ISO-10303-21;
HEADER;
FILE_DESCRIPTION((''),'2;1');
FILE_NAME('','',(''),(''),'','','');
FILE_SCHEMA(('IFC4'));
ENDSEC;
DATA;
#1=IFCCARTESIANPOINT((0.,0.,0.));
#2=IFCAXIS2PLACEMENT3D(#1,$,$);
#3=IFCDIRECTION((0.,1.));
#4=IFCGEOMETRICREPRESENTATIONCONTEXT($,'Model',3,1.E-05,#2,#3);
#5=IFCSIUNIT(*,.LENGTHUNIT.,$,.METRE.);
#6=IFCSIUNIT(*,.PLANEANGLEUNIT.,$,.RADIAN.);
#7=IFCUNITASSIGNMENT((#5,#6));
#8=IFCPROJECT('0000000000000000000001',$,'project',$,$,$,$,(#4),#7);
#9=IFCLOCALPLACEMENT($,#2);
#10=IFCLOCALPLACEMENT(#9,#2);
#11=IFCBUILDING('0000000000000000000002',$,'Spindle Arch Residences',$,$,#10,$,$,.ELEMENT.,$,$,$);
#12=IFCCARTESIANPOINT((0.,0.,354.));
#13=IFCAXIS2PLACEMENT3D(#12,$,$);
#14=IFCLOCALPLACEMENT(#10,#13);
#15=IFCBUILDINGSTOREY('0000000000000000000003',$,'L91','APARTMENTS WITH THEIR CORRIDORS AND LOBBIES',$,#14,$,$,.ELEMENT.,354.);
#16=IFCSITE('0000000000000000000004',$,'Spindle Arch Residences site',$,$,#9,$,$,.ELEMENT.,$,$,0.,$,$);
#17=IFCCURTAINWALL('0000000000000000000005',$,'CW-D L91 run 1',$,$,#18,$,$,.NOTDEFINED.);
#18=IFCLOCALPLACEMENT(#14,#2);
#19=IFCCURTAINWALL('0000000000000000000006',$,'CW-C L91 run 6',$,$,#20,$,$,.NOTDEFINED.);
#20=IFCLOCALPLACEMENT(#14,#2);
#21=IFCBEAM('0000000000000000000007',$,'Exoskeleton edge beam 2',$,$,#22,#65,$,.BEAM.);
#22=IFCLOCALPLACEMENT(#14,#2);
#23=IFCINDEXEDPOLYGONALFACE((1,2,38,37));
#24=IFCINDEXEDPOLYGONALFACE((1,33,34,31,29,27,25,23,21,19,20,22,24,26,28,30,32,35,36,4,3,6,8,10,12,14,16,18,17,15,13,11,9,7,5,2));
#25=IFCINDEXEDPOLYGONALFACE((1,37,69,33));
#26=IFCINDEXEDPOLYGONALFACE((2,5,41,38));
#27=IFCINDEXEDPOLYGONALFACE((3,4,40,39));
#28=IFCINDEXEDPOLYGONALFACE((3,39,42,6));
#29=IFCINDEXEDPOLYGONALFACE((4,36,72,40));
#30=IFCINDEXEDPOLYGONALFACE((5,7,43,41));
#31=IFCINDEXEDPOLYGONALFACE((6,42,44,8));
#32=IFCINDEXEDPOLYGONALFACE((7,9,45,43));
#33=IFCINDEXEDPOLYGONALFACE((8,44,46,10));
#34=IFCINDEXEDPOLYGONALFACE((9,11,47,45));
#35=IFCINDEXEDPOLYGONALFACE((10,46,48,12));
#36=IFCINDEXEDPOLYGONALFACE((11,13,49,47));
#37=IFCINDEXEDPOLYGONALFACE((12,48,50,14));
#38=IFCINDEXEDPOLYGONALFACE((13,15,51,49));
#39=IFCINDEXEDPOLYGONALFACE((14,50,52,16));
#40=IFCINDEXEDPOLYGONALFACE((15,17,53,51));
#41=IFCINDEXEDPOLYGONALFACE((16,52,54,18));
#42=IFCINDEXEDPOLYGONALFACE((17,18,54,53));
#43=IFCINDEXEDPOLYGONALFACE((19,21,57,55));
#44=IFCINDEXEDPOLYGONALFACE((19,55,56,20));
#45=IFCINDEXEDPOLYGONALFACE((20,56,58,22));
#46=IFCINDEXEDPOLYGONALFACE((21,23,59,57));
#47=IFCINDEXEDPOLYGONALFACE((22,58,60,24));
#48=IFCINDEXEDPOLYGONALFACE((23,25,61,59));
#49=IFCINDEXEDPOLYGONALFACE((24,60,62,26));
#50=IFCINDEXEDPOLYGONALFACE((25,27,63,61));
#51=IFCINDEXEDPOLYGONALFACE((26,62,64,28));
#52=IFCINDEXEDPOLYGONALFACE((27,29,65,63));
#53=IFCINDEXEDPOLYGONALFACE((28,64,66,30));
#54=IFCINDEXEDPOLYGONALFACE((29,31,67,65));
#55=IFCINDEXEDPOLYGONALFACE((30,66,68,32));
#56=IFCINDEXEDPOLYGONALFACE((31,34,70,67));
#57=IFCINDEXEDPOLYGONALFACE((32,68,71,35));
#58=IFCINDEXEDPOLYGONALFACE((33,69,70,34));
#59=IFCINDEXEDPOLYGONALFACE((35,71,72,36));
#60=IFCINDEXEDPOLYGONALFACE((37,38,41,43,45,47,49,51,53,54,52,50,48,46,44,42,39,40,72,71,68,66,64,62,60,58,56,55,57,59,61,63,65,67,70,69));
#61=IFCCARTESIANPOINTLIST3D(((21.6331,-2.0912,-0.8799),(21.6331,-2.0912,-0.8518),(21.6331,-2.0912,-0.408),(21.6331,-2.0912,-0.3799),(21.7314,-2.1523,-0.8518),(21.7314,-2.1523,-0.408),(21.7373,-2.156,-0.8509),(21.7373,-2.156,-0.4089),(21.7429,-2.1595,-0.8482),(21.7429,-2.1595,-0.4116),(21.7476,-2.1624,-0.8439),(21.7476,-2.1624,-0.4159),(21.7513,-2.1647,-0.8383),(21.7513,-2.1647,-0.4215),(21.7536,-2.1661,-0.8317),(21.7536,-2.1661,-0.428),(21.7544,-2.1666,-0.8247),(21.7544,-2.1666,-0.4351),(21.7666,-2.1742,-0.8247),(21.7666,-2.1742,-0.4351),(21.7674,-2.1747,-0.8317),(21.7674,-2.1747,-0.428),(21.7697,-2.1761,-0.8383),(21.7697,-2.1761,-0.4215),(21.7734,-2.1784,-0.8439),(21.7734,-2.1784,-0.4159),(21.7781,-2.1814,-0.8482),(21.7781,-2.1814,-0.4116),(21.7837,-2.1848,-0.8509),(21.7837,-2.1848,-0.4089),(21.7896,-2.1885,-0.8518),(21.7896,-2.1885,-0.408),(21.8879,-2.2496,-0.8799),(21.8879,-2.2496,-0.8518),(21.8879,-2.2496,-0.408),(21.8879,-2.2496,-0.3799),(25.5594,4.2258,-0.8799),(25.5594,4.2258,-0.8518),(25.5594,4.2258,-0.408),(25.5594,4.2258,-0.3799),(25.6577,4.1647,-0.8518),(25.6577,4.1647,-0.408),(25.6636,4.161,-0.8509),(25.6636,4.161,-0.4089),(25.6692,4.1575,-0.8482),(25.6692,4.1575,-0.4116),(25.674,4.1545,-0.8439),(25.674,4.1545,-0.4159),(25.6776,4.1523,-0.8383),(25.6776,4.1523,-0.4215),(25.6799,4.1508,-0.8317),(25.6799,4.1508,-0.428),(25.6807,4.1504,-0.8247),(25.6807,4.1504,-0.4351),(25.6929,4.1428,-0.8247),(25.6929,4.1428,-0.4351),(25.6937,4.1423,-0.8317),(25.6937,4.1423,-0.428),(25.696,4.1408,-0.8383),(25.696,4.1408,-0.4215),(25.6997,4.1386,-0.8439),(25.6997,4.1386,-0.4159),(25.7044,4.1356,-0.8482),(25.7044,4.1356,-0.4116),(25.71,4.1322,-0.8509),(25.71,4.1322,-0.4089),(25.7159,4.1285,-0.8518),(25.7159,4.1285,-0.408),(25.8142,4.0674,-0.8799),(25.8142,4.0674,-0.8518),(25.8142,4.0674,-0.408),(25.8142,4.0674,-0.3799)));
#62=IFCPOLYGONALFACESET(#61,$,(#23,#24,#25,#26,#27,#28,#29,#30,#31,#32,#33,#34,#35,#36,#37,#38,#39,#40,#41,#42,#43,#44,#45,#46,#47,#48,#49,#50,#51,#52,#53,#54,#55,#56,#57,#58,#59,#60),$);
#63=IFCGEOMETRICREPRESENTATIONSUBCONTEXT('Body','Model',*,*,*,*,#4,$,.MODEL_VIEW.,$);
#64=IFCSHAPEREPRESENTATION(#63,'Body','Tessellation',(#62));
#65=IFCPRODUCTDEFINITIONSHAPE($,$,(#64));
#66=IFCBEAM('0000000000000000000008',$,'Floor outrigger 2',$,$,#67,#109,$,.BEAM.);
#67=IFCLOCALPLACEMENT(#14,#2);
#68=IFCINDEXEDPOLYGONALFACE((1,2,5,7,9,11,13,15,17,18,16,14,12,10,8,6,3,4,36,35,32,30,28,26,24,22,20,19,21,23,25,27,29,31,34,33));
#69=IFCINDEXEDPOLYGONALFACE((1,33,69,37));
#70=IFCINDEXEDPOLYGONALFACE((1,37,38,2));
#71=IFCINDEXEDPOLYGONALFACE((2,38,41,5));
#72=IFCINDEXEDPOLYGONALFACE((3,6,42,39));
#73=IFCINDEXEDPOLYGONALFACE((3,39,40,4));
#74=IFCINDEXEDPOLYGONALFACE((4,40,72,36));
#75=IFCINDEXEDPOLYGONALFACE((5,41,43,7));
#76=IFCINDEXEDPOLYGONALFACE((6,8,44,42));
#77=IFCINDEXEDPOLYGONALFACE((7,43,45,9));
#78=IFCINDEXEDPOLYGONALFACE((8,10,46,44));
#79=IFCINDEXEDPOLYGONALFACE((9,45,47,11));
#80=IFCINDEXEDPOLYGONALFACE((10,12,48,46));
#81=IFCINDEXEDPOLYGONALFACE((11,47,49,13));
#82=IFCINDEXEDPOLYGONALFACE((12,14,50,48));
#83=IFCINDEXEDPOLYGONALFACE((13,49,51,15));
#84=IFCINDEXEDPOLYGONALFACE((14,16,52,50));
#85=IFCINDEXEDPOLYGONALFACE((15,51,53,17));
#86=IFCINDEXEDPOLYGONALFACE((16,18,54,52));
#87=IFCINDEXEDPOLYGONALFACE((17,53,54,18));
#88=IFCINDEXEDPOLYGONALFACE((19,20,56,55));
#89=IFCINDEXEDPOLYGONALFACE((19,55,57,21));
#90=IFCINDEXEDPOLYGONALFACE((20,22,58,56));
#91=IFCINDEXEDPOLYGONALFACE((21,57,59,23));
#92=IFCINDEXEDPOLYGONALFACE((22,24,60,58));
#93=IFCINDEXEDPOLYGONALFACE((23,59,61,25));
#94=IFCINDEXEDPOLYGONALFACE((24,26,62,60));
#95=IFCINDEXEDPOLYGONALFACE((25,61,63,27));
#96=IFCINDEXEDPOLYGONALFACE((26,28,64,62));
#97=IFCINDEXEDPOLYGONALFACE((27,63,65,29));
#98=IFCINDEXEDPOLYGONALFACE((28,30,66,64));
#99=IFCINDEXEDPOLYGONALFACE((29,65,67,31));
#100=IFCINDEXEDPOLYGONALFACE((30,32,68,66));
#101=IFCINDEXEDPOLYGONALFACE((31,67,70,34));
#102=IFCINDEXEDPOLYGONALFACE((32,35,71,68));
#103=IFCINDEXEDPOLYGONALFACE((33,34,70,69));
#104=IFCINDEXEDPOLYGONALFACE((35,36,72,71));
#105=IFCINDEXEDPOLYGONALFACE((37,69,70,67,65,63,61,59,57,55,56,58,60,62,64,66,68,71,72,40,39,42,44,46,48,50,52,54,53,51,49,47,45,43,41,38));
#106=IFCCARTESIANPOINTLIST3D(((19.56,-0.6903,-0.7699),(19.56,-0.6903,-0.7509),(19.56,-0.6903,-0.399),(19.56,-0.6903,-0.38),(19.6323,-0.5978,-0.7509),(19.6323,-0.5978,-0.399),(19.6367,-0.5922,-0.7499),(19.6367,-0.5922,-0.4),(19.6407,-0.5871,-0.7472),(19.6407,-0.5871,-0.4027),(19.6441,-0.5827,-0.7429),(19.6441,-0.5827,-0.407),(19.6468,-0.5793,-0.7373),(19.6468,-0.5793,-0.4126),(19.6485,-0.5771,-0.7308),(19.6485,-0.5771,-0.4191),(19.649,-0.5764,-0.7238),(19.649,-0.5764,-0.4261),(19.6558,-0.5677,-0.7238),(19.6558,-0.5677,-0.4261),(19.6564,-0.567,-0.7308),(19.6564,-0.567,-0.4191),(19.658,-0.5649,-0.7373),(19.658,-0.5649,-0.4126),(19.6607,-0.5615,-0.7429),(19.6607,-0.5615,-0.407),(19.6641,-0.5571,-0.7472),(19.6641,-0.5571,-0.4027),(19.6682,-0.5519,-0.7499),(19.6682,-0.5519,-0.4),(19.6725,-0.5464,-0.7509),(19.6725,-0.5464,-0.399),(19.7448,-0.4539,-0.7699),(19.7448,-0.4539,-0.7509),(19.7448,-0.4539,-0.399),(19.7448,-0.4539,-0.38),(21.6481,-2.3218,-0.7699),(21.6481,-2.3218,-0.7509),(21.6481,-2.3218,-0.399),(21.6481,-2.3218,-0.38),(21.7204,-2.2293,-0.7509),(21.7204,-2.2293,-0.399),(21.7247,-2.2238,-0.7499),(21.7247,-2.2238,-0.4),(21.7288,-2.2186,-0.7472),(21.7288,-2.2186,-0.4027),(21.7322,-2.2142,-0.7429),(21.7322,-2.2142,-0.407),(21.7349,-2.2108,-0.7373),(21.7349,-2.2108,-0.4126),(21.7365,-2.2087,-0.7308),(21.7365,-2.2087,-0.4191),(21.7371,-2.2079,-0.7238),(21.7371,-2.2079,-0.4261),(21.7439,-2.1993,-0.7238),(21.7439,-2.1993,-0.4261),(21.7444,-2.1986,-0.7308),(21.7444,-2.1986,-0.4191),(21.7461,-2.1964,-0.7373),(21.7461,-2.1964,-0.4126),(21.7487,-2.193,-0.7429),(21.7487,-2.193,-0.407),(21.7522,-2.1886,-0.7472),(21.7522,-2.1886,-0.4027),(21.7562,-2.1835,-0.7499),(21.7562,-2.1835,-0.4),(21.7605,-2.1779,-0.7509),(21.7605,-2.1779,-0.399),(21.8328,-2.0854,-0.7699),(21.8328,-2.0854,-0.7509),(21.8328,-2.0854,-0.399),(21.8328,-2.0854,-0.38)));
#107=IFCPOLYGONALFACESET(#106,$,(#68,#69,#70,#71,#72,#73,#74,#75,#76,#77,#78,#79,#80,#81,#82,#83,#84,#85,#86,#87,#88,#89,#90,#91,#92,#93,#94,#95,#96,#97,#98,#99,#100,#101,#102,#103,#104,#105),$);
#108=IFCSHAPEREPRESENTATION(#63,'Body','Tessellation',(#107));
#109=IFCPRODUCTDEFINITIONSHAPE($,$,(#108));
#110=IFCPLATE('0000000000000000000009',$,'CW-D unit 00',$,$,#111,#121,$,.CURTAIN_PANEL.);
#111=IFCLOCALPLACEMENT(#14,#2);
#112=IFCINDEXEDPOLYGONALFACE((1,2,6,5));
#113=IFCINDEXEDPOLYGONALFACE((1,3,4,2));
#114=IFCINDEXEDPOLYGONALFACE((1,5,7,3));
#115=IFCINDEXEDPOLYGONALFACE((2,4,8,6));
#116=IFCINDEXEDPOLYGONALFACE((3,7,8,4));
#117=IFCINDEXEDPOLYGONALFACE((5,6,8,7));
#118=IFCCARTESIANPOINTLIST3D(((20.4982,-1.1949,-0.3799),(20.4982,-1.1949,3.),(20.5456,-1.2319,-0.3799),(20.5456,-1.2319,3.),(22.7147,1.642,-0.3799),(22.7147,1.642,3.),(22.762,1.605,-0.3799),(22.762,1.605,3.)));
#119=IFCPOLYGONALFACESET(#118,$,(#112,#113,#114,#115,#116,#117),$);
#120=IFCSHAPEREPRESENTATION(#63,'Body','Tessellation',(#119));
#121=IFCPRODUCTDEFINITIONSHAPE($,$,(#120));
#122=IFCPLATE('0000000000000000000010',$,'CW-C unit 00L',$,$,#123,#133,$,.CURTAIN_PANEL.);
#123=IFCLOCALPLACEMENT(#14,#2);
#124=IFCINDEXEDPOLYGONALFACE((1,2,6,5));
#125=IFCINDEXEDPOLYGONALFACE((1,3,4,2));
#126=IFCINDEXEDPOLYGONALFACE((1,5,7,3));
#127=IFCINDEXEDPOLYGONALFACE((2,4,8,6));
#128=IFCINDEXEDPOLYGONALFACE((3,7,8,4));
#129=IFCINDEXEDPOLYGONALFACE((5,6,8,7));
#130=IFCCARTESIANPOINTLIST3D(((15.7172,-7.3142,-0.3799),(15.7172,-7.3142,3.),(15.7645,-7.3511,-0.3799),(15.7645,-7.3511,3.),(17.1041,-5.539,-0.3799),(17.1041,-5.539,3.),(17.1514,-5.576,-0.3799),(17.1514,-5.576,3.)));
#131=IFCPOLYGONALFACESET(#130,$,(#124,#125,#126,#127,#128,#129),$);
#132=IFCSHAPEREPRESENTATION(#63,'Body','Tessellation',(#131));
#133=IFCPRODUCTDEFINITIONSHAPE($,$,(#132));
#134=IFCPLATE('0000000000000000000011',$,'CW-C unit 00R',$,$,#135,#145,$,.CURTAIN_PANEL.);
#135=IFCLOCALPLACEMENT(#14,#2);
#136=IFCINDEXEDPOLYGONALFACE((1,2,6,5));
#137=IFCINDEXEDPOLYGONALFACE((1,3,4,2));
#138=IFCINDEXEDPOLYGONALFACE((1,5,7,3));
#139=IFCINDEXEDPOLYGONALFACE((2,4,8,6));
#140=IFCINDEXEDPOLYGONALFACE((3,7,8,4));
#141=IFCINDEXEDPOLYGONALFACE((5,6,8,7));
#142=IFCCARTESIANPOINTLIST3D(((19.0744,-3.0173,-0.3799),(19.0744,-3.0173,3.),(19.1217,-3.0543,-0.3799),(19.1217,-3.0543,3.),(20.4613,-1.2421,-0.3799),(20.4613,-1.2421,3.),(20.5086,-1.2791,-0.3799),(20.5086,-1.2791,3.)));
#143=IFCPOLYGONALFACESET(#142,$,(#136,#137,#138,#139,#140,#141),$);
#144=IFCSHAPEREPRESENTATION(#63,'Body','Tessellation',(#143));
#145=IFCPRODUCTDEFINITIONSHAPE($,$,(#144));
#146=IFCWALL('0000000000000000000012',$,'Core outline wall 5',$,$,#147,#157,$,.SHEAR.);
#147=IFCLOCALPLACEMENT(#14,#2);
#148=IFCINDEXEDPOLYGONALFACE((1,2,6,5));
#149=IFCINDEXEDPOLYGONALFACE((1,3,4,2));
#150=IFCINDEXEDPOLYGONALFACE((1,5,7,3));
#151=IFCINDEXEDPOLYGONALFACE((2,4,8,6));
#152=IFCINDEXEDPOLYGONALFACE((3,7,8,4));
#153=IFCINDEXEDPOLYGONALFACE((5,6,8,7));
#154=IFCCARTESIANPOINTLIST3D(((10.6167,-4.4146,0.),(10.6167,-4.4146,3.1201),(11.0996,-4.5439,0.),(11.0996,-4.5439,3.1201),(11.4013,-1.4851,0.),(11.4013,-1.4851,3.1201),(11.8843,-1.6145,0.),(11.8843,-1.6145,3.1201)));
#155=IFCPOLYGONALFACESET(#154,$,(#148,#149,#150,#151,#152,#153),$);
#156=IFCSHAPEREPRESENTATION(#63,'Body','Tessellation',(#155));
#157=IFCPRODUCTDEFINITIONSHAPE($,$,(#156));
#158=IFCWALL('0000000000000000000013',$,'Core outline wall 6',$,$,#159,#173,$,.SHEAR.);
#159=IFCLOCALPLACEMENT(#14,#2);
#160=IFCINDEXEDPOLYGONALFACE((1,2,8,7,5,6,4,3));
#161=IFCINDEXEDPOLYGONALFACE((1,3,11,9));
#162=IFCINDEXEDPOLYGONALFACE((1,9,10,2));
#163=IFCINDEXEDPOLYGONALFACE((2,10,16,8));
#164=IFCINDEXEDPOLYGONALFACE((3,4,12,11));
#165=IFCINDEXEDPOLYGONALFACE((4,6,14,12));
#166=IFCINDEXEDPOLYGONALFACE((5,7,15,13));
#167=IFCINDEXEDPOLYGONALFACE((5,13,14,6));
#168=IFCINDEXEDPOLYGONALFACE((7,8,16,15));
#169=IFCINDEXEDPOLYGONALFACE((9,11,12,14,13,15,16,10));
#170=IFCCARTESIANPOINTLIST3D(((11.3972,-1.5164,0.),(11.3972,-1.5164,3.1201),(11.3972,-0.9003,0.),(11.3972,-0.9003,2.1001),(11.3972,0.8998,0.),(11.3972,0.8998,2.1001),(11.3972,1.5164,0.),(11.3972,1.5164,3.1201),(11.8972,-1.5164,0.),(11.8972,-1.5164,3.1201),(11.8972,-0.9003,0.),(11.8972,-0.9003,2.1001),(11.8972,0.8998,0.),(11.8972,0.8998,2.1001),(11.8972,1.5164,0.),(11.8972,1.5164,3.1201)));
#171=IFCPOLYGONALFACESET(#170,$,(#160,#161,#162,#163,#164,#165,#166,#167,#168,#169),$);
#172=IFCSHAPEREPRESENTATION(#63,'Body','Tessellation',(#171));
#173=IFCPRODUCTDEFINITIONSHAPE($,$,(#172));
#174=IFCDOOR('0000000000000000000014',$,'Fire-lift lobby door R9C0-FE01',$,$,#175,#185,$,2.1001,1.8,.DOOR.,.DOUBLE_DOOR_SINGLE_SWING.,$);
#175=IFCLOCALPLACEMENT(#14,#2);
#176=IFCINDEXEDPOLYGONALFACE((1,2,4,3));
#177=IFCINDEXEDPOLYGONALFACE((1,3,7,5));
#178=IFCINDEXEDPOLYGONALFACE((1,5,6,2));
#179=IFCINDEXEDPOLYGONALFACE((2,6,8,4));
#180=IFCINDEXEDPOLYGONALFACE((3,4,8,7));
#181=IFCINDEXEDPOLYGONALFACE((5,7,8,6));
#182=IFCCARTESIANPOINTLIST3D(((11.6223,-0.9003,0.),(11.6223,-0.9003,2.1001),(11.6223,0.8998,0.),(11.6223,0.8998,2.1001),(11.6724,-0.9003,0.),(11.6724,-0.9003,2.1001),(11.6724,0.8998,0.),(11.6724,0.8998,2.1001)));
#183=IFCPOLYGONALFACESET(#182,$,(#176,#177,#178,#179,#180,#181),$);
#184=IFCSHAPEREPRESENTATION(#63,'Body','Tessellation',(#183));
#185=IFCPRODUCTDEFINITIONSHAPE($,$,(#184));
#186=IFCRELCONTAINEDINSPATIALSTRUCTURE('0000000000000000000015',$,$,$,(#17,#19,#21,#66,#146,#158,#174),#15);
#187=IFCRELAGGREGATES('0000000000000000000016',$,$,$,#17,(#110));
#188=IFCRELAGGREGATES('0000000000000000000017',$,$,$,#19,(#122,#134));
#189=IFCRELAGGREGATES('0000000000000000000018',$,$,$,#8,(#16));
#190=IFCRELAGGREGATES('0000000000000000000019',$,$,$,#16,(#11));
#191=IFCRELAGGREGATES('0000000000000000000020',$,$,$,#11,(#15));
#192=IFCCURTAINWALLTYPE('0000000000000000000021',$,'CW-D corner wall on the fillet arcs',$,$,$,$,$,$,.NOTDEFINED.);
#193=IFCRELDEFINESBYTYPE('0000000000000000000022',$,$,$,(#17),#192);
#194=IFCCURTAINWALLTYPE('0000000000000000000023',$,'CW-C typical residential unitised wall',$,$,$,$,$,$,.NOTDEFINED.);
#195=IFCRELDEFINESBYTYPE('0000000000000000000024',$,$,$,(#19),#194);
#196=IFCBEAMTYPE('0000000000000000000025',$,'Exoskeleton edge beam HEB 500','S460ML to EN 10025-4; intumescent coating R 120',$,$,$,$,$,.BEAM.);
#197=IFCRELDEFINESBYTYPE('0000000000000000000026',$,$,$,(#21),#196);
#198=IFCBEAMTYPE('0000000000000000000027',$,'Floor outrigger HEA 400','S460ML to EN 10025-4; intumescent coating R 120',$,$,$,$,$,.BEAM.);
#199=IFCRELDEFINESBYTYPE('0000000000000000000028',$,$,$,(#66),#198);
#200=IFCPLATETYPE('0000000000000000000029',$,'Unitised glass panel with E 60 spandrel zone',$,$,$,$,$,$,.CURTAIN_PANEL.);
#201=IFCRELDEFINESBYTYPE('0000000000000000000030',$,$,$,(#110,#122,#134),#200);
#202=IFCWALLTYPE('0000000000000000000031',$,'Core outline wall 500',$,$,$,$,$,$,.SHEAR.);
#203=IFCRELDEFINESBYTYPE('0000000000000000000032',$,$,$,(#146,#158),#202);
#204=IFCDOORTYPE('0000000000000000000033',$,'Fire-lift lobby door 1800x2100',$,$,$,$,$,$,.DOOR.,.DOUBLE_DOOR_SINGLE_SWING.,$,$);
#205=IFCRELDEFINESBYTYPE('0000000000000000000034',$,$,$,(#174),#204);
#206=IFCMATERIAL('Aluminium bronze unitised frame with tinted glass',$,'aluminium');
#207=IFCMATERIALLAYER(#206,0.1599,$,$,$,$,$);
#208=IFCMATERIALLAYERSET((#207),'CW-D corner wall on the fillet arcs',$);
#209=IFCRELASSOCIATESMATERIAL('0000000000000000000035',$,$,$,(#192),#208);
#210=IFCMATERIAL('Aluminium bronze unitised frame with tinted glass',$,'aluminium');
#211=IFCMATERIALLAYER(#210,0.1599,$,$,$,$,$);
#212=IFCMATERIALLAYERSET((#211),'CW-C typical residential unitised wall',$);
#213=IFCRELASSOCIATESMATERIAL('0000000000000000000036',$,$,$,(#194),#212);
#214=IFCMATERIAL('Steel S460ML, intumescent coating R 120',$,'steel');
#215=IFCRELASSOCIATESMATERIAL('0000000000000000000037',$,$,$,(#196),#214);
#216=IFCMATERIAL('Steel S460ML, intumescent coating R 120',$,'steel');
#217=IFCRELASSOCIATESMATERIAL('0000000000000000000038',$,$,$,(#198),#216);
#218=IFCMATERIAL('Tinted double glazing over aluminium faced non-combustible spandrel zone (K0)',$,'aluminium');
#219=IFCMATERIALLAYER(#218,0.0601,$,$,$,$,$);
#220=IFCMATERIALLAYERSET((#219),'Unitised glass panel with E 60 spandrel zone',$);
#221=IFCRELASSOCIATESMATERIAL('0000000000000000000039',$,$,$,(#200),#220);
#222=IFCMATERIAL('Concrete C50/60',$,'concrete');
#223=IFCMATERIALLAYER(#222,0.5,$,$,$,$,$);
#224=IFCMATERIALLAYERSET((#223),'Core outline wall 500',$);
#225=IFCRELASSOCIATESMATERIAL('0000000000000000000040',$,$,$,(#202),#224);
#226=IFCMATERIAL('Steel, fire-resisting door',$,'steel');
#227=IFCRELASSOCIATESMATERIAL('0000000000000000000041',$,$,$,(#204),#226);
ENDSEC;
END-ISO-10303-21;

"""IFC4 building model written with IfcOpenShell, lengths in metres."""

from ifc_helpers import new_model, si_unit, direction, frame, frame_2d, origin, origin_2d, place, context, subcontext, project, spatial, rectangle, i_section, extrude, material, layer, layer_set, material_profile, profile_set, type_object, element, fill, aggregate, save


model = new_model("IFC4")

# Units and contexts
model_context = context("Model", 3, precision=1e-05, world=origin(), true_north=direction((0.0, 1.0)))
body_context = subcontext(model_context, "Body", "Model", "MODEL_VIEW")
ifc_project = project(units=[si_unit("LENGTHUNIT", "METRE"), si_unit("PLANEANGLEUNIT", "RADIAN")], contexts=[model_context])

# Site, building, storey
site_placement = place(None, origin())
site = spatial("IfcSite", under=ifc_project, at=site_placement, Name="Spindle Arch Residences site", CompositionType="ELEMENT", RefElevation=0.0)
building_placement = place(site_placement, origin())
building = spatial("IfcBuilding", under=site, at=building_placement, Name="Spindle Arch Residences", CompositionType="ELEMENT")
storey_placement = place(building_placement, frame((0.0, 0.0, 354.0)))
storey = spatial("IfcBuildingStorey", under=building, at=storey_placement, Name="L91", Description="APARTMENTS WITH THEIR CORRIDORS AND LOBBIES", CompositionType="ELEMENT", Elevation=354.0)

# Curtain wall
ifc_material_1 = material(Name="Aluminium bronze unitised frame with tinted glass", Category="aluminium")
ifc_layer_1 = layer(ifc_material_1, 0.1599)
ifc_layer_set_1 = layer_set([ifc_layer_1], Name="CW-D corner wall on the fillet arcs")
curtain_wall_type_1 = type_object("IfcCurtainWallType", Name="CW-D corner wall on the fillet arcs", PredefinedType="NOTDEFINED", material=ifc_layer_set_1)
curtain_wall_1_placement = place(storey_placement, origin())
curtain_wall_1 = element("IfcCurtainWall", 1, at=curtain_wall_1_placement, inside=storey, type_object=curtain_wall_type_1, Name="CW-D L91 run 1", PredefinedType="NOTDEFINED")

# Curtain wall
ifc_material_2 = material(Name="Aluminium bronze unitised frame with tinted glass", Category="aluminium")
ifc_layer_2 = layer(ifc_material_2, 0.1599)
ifc_layer_set_2 = layer_set([ifc_layer_2], Name="CW-C typical residential unitised wall")
curtain_wall_type_2 = type_object("IfcCurtainWallType", Name="CW-C typical residential unitised wall", PredefinedType="NOTDEFINED", material=ifc_layer_set_2)
curtain_wall_2_placement = place(storey_placement, origin())
curtain_wall_2 = element("IfcCurtainWall", 2, at=curtain_wall_2_placement, inside=storey, type_object=curtain_wall_type_2, Name="CW-C L91 run 6", PredefinedType="NOTDEFINED")

# Beams
ifc_material_3 = material(Name="Steel S460ML, intumescent coating R 120", Category="steel")
ifc_material_profile_1 = material_profile(ifc_material_3, i_section(OverallWidth=0.3, OverallDepth=0.5, WebThickness=0.0144, FlangeThickness=0.0281, FilletRadius=0.0271, at=origin_2d()), Name="HEB 500")
ifc_profile_set_1 = profile_set([ifc_material_profile_1], Name="Steel S460ML, intumescent coating R 120")
beam_type_1 = type_object("IfcBeamType", Name="Exoskeleton edge beam HEB 500", Description="S460ML to EN 10025-4; intumescent coating R 120", PredefinedType="BEAM", material=ifc_profile_set_1)
beam_1_placement = place(storey_placement, frame((21.7605, -2.1704, -0.6299), z_axis=(0.527891, 0.849312, 0.0), x_axis=(-0.849312, 0.527891, 0.0)))
element("IfcBeam", 3, at=beam_1_placement, inside=storey, type_object=beam_type_1, Name="Exoskeleton edge beam 2", PredefinedType="BEAM", context=body_context, shape_type="SweptSolid", body=[
    extrude(i_section(OverallWidth=0.3, OverallDepth=0.5, WebThickness=0.0144, FlangeThickness=0.0281, FilletRadius=0.0271, at=origin_2d()), origin(), (0.0, 0.0, 1.0), 7.4377),
])
ifc_material_4 = material(Name="Steel S460ML, intumescent coating R 120", Category="steel")
ifc_material_profile_2 = material_profile(ifc_material_4, i_section(OverallWidth=0.3, OverallDepth=0.3899, WebThickness=0.011, FlangeThickness=0.019, FilletRadius=0.0271, at=origin_2d()), Name="HEA 400")
ifc_profile_set_2 = profile_set([ifc_material_profile_2], Name="Steel S460ML, intumescent coating R 120")
beam_type_2 = type_object("IfcBeamType", Name="Floor outrigger HEA 400", Description="S460ML to EN 10025-4; intumescent coating R 120", PredefinedType="BEAM", material=ifc_profile_set_2)
beam_2_placement = place(storey_placement, frame((21.7405, -2.2036, -0.575), z_axis=(-0.787981, 0.615699, 0.0), x_axis=(-0.615699, -0.787981, 0.0)))
element("IfcBeam", 4, at=beam_2_placement, inside=storey, type_object=beam_type_2, Name="Floor outrigger 2", PredefinedType="BEAM", context=body_context, shape_type="SweptSolid", body=[
    extrude(i_section(OverallWidth=0.3, OverallDepth=0.3899, WebThickness=0.011, FlangeThickness=0.019, FilletRadius=0.0271, at=origin_2d()), origin(), (0.0, 0.0, 1.0), 2.6499),
])

# Plates
ifc_material_5 = material(Name="Tinted double glazing over aluminium faced non-combustible spandrel zone (K0)", Category="aluminium")
ifc_layer_3 = layer(ifc_material_5, 0.0601)
ifc_layer_set_3 = layer_set([ifc_layer_3], Name="Unitised glass panel with E 60 spandrel zone")
plate_type = type_object("IfcPlateType", Name="Unitised glass panel with E 60 spandrel zone", PredefinedType="CURTAIN_PANEL", material=ifc_layer_set_3)
plate_1_placement = place(storey_placement, frame((21.6301, 0.2051, -0.3799), z_axis=(0.0, 0.0, 1.0), x_axis=(0.615661, 0.788011, 0.0)))
plate_1 = element("IfcPlate", 5, at=plate_1_placement, type_object=plate_type, Name="CW-D unit 00", PredefinedType="CURTAIN_PANEL", context=body_context, shape_type="SweptSolid", body=[
    extrude(rectangle(XDim=3.6001, YDim=0.0601, at=origin_2d()), origin(), (0.0, 0.0, 1.0), 3.3799),
])
aggregate(curtain_wall_1, [plate_1])
plate_2_placement = place(storey_placement, frame((16.4343, -6.4451, -0.3799), z_axis=(0.0, 0.0, 1.0), x_axis=(0.615661, 0.788011, 0.0)))
plate_2 = element("IfcPlate", 6, at=plate_2_placement, type_object=plate_type, Name="CW-C unit 00L", PredefinedType="CURTAIN_PANEL", context=body_context, shape_type="SweptSolid", body=[
    extrude(rectangle(XDim=2.2527, YDim=0.0601, at=origin_2d()), origin(), (0.0, 0.0, 1.0), 3.3799),
])
plate_3_placement = place(storey_placement, frame((19.7915, -2.1482, -0.3799), z_axis=(0.0, 0.0, 1.0), x_axis=(0.615661, 0.788011, 0.0)))
plate_3 = element("IfcPlate", 7, at=plate_3_placement, type_object=plate_type, Name="CW-C unit 00R", PredefinedType="CURTAIN_PANEL", context=body_context, shape_type="SweptSolid", body=[
    extrude(rectangle(XDim=2.2527, YDim=0.0601, at=origin_2d()), origin(), (0.0, 0.0, 1.0), 3.3799),
])
aggregate(curtain_wall_2, [plate_2, plate_3])

# Wall
ifc_material_6 = material(Name="Concrete C50/60", Category="concrete")
ifc_layer_4 = layer(ifc_material_6, 0.5)
ifc_layer_set_4 = layer_set([ifc_layer_4], Name="Core outline wall 500")
wall_type_1 = type_object("IfcWallType", Name="Core outline wall 500", PredefinedType="SHEAR", material=ifc_layer_set_4)
wall_1_placement = place(storey_placement, frame((10.8582, -4.4792, 0.0), z_axis=(0.0, 0.0, 1.0), x_axis=(0.258735, 0.965948, 0.0)))
element("IfcWall", 8, at=wall_1_placement, inside=storey, type_object=wall_type_1, Name="Core outline wall 5", PredefinedType="SHEAR", context=body_context, shape_type="SweptSolid", body=[
    extrude(rectangle(XDim=3.0327, YDim=0.5, at=frame_2d((1.5164, 0.0))), origin(), (0.0, 0.0, 1.0), 3.1201),
])

# Wall, opening, door
wall_2_placement = place(storey_placement, frame((11.6472, -1.5164, 0.0), z_axis=(0.0, 0.0, 1.0), x_axis=(0.0, 1.0, 0.0)))
wall_2 = element("IfcWall", 9, at=wall_2_placement, inside=storey, type_object=wall_type_1, Name="Core outline wall 6", PredefinedType="SHEAR", context=body_context, shape_type="SweptSolid", body=[
    extrude(rectangle(XDim=3.0327, YDim=0.5, at=frame_2d((1.5164, 0.0))), origin(), (0.0, 0.0, 1.0), 3.1201),
])
opening_1_placement = place(wall_2_placement, frame((0.6162, 0.0, 0.0)))
opening_1 = element("IfcOpeningElement", 10, at=opening_1_placement, cuts=wall_2, PredefinedType="OPENING", context=body_context, shape_type="SweptSolid", body=[
    extrude(rectangle(XDim=1.8, YDim=2.1001, at=frame_2d((0.8999, 1.05))), frame((0.0, 0.26, 0.0), z_axis=(0.0, -1.0, 0.0), x_axis=(1.0, 0.0, 0.0)), (0.0, 0.0, 1.0), 0.52),
])
ifc_material_7 = material(Name="Steel, fire-resisting door", Category="steel")
door_type_1 = type_object("IfcDoorType", Name="Fire-lift lobby door 1800x2100", OperationType="DOUBLE_DOOR_SINGLE_SWING", PredefinedType="DOOR", material=ifc_material_7)
door_1_placement = place(opening_1_placement, origin())
door_1 = element("IfcDoor", 11, at=door_1_placement, inside=storey, type_object=door_type_1, Name="Fire-lift lobby door R9C0-FE01", OperationType="DOUBLE_DOOR_SINGLE_SWING", OverallHeight=2.1001, OverallWidth=1.8, PredefinedType="DOOR", context=body_context, shape_type="SweptSolid", body=[
    extrude(rectangle(XDim=1.8, YDim=2.1001, at=frame_2d((0.8999, 1.05))), frame((0.0, 0.0249, 0.0), z_axis=(0.0, -1.0, 0.0), x_axis=(1.0, 0.0, 0.0)), (0.0, 0.0, 1.0), 0.05),
])
fill(opening_1, door_1)

save(model, "model.ifc")
